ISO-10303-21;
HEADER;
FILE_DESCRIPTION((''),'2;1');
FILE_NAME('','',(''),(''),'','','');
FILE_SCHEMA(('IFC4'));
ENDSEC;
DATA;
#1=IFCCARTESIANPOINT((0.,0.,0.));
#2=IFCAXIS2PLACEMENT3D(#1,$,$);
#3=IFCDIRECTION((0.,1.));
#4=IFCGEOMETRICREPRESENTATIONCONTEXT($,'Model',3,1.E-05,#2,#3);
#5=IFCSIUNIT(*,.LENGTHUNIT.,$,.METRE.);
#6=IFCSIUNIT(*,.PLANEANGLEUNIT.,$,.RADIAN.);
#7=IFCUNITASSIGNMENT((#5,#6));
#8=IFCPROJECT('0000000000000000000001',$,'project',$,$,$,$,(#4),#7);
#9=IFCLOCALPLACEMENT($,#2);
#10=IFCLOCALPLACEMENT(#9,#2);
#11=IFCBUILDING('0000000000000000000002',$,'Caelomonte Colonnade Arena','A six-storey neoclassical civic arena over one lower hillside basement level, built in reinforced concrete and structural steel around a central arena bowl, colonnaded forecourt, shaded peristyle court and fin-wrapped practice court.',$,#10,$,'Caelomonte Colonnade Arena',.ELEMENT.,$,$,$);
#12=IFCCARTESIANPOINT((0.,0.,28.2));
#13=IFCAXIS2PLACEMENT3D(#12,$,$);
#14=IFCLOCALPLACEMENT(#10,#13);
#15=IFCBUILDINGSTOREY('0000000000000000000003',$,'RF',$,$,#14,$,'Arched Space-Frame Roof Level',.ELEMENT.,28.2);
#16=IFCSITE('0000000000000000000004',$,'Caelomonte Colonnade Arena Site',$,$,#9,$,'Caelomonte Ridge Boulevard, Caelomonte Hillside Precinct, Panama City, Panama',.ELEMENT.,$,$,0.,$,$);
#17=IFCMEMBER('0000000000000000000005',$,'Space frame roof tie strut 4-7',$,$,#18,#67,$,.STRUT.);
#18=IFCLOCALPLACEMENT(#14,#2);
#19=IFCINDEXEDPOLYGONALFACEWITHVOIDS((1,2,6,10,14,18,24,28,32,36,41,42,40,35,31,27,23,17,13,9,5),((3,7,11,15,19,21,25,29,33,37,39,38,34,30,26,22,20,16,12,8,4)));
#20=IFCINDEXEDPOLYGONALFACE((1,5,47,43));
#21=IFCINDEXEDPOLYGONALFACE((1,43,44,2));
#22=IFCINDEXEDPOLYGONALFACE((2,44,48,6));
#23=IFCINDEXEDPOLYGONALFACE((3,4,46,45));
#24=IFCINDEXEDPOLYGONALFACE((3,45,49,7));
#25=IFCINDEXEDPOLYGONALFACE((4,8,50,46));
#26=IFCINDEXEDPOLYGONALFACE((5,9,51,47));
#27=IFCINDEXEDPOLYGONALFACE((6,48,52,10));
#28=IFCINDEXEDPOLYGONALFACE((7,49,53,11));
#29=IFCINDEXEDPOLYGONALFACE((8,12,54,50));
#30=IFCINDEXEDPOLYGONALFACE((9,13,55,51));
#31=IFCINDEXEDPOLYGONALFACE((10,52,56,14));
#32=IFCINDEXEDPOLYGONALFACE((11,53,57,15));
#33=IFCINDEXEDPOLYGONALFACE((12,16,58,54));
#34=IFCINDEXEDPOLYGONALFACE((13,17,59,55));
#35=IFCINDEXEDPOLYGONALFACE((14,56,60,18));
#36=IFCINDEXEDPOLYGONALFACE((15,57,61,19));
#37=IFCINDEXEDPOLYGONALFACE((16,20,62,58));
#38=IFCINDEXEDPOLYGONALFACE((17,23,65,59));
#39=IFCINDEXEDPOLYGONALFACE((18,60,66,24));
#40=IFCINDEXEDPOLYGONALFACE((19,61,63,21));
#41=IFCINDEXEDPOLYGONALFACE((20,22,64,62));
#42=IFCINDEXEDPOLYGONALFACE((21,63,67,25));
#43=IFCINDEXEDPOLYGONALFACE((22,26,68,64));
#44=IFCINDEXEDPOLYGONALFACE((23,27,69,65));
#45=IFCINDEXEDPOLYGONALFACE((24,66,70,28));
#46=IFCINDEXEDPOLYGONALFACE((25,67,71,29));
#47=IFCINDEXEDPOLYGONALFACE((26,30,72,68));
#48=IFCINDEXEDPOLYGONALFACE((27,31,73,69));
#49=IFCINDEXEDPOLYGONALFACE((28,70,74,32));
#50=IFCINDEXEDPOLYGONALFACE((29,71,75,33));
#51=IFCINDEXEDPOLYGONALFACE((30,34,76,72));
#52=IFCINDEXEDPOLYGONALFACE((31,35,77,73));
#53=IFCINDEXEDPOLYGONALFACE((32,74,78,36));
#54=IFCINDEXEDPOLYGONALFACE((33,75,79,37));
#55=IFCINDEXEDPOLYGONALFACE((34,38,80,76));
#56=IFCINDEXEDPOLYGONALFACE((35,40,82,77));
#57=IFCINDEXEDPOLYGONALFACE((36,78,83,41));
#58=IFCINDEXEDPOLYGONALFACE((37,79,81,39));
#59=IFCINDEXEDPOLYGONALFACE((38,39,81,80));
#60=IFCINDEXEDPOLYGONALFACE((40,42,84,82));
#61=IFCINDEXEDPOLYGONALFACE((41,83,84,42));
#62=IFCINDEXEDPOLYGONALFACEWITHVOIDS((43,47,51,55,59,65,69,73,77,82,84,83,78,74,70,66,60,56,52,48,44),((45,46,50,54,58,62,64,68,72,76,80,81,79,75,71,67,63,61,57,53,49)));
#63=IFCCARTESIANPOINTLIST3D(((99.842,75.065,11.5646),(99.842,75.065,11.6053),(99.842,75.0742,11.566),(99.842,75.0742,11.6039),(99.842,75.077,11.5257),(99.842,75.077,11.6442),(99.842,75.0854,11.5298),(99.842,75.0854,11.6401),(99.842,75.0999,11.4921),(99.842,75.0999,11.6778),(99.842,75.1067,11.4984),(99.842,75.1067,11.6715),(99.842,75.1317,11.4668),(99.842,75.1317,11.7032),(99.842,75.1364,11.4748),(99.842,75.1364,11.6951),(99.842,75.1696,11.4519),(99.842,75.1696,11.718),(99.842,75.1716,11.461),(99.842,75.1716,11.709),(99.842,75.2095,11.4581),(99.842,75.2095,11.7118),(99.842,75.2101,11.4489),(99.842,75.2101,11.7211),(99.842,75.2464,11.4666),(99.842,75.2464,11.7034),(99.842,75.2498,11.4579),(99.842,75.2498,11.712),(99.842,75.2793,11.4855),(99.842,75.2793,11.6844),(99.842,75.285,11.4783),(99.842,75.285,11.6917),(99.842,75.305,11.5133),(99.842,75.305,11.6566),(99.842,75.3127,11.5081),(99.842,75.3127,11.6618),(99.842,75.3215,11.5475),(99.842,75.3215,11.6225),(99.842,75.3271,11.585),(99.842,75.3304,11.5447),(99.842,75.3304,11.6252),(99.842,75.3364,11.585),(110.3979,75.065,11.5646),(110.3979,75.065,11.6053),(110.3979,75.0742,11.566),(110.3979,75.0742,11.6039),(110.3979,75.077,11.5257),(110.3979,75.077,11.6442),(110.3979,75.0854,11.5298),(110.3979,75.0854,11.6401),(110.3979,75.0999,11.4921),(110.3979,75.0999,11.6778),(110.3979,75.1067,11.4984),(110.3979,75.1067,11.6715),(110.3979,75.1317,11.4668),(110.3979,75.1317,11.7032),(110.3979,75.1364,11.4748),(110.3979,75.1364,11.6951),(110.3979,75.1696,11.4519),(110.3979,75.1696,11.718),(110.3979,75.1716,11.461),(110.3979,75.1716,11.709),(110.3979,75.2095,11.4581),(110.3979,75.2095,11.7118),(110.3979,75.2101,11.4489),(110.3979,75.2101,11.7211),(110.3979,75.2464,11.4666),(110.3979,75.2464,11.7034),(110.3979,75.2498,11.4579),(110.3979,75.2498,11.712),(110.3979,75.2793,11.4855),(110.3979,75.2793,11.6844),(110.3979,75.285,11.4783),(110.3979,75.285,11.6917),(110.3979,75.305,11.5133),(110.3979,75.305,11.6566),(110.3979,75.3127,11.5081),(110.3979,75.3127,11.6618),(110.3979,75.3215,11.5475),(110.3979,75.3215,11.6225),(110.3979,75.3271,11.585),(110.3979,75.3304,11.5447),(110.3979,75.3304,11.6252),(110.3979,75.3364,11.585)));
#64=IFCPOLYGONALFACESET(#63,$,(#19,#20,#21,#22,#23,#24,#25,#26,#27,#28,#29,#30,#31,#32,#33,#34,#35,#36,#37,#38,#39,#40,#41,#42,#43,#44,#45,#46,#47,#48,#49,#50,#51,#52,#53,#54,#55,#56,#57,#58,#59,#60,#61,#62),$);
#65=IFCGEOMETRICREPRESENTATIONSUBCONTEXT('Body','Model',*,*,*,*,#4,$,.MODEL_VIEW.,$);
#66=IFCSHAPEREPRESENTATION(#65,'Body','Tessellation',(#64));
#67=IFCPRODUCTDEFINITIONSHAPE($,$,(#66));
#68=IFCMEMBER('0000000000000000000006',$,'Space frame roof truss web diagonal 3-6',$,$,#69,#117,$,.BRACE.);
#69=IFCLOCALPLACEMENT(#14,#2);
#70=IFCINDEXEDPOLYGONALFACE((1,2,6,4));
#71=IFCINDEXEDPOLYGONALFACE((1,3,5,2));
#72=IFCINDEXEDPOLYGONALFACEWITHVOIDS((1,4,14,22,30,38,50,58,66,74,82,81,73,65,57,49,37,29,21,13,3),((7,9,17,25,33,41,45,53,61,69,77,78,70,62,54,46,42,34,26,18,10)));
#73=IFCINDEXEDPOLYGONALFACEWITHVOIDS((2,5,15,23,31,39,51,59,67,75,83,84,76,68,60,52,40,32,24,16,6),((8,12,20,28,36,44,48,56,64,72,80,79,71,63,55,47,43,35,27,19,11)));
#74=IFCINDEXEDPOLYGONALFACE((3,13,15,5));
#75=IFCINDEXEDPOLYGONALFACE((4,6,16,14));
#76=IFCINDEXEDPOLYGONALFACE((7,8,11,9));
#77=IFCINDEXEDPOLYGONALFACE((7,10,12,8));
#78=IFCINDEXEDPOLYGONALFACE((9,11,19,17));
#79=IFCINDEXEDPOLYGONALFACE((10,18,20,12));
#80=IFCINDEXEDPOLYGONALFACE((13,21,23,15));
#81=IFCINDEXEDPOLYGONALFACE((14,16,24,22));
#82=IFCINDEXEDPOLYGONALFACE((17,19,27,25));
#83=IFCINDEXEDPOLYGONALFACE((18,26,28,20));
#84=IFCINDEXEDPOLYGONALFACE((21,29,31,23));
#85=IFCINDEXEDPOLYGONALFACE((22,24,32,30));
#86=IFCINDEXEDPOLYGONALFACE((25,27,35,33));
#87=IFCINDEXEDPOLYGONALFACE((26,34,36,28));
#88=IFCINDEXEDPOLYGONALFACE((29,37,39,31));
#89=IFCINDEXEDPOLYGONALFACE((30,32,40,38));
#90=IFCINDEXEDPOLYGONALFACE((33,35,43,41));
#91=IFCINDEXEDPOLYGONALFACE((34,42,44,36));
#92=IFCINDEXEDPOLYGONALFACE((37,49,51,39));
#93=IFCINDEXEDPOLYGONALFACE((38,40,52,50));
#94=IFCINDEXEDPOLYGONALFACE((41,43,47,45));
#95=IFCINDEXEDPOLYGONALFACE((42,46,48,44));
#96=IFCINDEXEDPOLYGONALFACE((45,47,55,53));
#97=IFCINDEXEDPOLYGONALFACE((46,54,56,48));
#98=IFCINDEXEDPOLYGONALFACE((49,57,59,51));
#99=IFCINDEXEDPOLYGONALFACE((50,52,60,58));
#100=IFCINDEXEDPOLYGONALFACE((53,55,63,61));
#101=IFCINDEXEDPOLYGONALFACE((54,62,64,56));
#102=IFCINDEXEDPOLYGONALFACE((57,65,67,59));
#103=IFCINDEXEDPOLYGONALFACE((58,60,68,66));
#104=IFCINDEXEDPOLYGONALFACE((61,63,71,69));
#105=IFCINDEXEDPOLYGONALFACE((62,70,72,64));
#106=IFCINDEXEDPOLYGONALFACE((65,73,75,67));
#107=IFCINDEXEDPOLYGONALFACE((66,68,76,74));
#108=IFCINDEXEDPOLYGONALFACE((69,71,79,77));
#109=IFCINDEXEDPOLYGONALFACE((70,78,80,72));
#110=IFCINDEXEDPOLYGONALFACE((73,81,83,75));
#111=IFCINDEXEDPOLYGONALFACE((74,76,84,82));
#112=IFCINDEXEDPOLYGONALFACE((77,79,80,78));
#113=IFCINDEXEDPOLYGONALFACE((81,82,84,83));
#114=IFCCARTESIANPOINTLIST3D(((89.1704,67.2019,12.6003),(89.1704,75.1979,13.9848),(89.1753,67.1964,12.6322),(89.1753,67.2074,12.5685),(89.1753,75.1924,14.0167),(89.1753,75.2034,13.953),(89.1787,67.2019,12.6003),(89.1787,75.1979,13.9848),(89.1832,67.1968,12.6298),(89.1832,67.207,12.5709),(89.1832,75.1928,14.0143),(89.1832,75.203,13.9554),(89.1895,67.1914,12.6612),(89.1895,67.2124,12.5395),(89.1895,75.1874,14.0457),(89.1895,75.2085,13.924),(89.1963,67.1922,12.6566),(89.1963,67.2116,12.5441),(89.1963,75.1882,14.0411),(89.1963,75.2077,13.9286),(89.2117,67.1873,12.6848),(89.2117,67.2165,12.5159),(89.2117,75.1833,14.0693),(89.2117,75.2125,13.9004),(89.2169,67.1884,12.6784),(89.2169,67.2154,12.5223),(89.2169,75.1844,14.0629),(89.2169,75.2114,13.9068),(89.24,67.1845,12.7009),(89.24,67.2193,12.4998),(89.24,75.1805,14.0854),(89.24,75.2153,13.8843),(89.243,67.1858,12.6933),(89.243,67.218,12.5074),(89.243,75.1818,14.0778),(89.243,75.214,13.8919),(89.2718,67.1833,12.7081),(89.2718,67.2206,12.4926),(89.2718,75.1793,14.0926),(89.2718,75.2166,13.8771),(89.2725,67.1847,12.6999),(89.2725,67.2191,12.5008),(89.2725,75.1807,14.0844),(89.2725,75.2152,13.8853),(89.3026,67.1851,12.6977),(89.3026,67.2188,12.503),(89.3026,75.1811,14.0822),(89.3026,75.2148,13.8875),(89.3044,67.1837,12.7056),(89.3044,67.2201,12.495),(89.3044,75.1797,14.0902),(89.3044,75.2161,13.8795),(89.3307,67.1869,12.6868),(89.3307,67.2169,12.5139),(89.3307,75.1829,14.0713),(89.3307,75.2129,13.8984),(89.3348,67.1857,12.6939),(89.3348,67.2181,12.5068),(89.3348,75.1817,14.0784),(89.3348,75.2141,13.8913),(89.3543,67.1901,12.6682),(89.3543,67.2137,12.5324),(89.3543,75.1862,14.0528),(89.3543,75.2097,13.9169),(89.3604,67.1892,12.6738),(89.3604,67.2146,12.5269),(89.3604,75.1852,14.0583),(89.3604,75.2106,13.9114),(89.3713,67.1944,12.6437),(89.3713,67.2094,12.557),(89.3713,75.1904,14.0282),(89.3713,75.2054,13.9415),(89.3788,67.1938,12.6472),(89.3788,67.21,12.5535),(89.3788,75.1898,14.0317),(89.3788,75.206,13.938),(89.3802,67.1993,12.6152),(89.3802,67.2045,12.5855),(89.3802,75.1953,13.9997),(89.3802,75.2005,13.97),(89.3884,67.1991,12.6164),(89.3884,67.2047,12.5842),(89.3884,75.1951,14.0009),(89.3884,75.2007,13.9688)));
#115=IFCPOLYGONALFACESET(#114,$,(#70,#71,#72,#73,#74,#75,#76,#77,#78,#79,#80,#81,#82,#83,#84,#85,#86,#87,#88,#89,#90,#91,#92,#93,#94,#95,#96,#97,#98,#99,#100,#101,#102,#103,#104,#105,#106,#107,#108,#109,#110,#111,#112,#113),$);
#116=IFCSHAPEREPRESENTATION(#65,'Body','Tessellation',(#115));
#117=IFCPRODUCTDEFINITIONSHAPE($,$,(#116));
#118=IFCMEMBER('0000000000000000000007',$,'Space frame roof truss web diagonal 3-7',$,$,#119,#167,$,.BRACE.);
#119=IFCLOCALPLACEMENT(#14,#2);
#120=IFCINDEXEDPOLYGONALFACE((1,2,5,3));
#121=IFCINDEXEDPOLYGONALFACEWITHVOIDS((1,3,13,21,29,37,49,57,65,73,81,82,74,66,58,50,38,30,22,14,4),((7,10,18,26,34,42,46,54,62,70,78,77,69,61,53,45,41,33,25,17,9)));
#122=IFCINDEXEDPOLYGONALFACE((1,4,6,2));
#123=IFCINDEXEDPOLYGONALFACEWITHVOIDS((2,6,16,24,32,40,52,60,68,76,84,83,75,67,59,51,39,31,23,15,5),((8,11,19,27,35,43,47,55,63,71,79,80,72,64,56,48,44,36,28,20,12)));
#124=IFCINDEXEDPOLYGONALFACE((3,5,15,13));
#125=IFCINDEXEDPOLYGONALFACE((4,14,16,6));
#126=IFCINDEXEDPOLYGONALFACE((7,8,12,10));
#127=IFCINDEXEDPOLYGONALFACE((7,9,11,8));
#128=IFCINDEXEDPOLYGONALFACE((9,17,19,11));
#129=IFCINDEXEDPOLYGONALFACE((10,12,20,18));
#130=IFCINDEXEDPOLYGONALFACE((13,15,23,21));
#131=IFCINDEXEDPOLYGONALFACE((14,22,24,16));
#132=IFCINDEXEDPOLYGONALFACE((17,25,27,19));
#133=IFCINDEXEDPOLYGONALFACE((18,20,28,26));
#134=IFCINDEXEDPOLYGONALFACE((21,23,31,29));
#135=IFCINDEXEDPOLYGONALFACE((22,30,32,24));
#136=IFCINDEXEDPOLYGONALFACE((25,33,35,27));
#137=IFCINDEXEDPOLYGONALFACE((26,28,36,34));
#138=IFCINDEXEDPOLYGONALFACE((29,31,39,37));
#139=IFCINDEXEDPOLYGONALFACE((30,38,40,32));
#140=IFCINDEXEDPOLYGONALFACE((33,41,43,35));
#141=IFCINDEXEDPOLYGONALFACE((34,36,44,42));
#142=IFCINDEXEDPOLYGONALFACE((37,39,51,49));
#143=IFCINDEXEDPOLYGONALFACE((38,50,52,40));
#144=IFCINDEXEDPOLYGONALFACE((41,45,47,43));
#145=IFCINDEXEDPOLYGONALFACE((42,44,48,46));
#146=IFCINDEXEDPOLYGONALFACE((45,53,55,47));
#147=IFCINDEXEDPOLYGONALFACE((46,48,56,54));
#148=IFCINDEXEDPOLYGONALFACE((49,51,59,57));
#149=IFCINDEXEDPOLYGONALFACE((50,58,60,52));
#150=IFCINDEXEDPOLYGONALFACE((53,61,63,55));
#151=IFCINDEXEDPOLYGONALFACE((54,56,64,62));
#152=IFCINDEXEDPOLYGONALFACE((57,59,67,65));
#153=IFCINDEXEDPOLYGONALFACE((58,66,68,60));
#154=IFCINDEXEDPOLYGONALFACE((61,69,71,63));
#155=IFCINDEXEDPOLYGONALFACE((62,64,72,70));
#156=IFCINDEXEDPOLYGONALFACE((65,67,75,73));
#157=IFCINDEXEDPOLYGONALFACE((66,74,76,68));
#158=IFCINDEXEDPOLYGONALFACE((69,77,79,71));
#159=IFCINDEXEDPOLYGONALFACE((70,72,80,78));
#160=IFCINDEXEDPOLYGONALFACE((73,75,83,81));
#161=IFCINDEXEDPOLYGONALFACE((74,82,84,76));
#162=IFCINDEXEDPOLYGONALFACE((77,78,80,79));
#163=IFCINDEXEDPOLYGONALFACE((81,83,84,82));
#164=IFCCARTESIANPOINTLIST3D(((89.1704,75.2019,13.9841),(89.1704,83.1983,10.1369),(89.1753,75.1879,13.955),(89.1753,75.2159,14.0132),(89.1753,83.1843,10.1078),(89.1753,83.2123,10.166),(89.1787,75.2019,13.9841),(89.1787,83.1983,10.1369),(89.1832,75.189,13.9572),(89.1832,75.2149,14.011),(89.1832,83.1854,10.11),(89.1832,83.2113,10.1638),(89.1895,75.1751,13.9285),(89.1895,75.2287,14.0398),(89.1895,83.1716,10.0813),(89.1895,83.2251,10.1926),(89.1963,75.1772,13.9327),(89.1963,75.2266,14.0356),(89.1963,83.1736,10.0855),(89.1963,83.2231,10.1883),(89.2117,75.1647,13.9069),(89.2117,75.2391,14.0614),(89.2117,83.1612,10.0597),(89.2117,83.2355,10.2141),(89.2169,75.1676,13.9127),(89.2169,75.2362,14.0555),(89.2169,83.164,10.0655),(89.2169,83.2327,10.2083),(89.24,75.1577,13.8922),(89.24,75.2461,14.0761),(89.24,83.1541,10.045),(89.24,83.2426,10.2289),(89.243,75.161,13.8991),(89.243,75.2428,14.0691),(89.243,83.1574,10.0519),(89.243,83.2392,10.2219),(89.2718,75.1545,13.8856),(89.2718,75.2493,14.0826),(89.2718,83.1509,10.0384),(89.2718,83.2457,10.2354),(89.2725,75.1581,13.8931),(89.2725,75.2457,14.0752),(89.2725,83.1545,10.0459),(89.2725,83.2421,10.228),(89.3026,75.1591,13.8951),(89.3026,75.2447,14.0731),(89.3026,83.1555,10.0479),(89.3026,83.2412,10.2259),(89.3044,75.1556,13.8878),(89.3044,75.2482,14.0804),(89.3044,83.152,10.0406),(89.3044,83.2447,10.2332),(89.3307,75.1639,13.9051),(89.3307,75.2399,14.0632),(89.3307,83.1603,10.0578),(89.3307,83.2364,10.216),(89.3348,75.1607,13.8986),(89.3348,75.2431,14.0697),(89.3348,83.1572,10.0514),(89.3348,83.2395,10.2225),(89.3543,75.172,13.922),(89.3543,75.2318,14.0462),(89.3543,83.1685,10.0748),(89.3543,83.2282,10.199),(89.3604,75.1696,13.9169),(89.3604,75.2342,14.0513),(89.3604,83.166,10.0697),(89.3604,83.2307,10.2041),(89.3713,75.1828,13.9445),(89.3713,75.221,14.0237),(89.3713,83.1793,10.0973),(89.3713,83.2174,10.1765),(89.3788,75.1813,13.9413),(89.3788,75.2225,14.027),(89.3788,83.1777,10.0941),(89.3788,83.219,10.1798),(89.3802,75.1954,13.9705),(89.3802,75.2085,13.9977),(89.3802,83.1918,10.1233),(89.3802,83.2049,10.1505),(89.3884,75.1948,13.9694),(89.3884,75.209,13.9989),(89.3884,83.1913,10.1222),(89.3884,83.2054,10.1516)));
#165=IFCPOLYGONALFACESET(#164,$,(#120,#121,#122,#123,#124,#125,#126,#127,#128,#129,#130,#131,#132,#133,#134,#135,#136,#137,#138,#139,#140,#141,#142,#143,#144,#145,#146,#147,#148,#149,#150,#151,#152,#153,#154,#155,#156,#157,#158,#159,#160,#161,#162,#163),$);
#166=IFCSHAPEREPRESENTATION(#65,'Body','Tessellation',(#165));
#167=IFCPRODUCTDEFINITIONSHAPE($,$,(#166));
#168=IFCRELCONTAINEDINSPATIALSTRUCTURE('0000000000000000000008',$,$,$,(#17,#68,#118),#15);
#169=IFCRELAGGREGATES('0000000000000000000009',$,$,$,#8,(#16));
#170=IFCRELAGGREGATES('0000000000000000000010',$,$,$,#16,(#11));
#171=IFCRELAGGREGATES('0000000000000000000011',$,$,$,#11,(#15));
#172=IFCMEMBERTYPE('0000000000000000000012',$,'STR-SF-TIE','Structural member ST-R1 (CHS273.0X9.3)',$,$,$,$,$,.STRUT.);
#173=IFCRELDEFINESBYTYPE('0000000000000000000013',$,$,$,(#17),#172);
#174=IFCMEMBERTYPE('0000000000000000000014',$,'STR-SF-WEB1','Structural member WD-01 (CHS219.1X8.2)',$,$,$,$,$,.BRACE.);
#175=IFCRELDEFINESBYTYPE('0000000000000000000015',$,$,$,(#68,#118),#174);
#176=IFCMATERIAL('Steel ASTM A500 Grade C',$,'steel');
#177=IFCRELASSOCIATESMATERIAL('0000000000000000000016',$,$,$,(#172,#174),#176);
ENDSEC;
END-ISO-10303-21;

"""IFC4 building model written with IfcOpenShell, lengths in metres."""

from ifc_helpers import new_model, si_unit, direction, frame, origin, origin_2d, place, context, subcontext, project, spatial, hollow_circle, extrude, material, material_profile, profile_set, type_object, element, save


model = new_model("IFC4")

# Units and contexts
model_context = context("Model", 3, precision=1e-05, world=origin(), true_north=direction((0.0, 1.0)))
body_context = subcontext(model_context, "Body", "Model", "MODEL_VIEW")
ifc_project = project(units=[si_unit("LENGTHUNIT", "METRE"), si_unit("PLANEANGLEUNIT", "RADIAN")], contexts=[model_context])

# Site, building, storey
site_placement = place(None, origin())
site = spatial("IfcSite", under=ifc_project, at=site_placement, Name="Caelomonte Colonnade Arena Site", LongName="Caelomonte Ridge Boulevard, Caelomonte Hillside Precinct, Panama City, Panama", CompositionType="ELEMENT", RefElevation=0.0)
building_placement = place(site_placement, origin())
building = spatial("IfcBuilding", under=site, at=building_placement, Name="Caelomonte Colonnade Arena", Description="A six-storey neoclassical civic arena over one lower hillside basement level, built in reinforced concrete and structural steel around a central arena bowl, colonnaded forecourt, shaded peristyle court and fin-wrapped practice court.", LongName="Caelomonte Colonnade Arena", CompositionType="ELEMENT")
storey_placement = place(building_placement, frame((0.0, 0.0, 28.2)))
storey = spatial("IfcBuildingStorey", under=building, at=storey_placement, Name="RF", LongName="Arched Space-Frame Roof Level", CompositionType="ELEMENT", Elevation=28.2)

# Members
ifc_material_1 = material(Name="Steel ASTM A500 Grade C", Category="steel")
ifc_material_profile_1 = material_profile(ifc_material_1, hollow_circle(Radius=0.1365, WallThickness=0.0093, at=origin_2d()), Name="CHS273.0X9.3")
ifc_profile_set_1 = profile_set([ifc_material_profile_1], Name="Steel ASTM A500 Grade C")
member_type_1 = type_object("IfcMemberType", Name="STR-SF-TIE", Description="Structural member ST-R1 (CHS273.0X9.3)", PredefinedType="STRUT", material=ifc_profile_set_1)
for number, where, z_axis, x_axis, name in (
    (1, (99.842, 75.2, 11.585), (1.0, 0.0, 0.0), (0.0, 1.0, 0.0), "Space frame roof tie strut 4-7"),
):
    element("IfcMember", number, at=place(storey_placement, frame(where, z_axis=z_axis, x_axis=x_axis)), inside=storey, type_object=member_type_1, Name=name, PredefinedType="STRUT", context=body_context, shape_type="SweptSolid", body=[
        extrude(hollow_circle(Radius=0.1365, WallThickness=0.0093, at=origin_2d()), origin(), (0.0, 0.0, 1.0), 10.5559),
    ])
ifc_material_profile_2 = material_profile(ifc_material_1, hollow_circle(Radius=0.1096, WallThickness=0.0083, at=origin_2d()), Name="CHS219.1X8.2")
ifc_profile_set_2 = profile_set([ifc_material_profile_2], Name="Steel ASTM A500 Grade C")
member_type_2 = type_object("IfcMemberType", Name="STR-SF-WEB1", Description="Structural member WD-01 (CHS219.1X8.2)", PredefinedType="BRACE", material=ifc_profile_set_2)
member_1_placement = place(storey_placement, frame((89.28, 67.2019, 12.6003), z_axis=(0.0, 0.985338, 0.170611), x_axis=(-1.0, 0.0, 0.0)))
element("IfcMember", 2, at=member_1_placement, inside=storey, type_object=member_type_2, Name="Space frame roof truss web diagonal 3-6", PredefinedType="BRACE", context=body_context, shape_type="SweptSolid", body=[
    extrude(hollow_circle(Radius=0.1096, WallThickness=0.0083, at=origin_2d()), origin(), (0.0, 0.0, 1.0), 8.115),
])
member_2_placement = place(storey_placement, frame((89.28, 75.2019, 13.9841), z_axis=(0.0, 0.90113, -0.433548), x_axis=(-1.0, 0.0, 0.0)))
element("IfcMember", 3, at=member_2_placement, inside=storey, type_object=member_type_2, Name="Space frame roof truss web diagonal 3-7", PredefinedType="BRACE", context=body_context, shape_type="SweptSolid", body=[
    extrude(hollow_circle(Radius=0.1096, WallThickness=0.0083, at=origin_2d()), origin(), (0.0, 0.0, 1.0), 8.8738),
])

save(model, "model.ifc")
